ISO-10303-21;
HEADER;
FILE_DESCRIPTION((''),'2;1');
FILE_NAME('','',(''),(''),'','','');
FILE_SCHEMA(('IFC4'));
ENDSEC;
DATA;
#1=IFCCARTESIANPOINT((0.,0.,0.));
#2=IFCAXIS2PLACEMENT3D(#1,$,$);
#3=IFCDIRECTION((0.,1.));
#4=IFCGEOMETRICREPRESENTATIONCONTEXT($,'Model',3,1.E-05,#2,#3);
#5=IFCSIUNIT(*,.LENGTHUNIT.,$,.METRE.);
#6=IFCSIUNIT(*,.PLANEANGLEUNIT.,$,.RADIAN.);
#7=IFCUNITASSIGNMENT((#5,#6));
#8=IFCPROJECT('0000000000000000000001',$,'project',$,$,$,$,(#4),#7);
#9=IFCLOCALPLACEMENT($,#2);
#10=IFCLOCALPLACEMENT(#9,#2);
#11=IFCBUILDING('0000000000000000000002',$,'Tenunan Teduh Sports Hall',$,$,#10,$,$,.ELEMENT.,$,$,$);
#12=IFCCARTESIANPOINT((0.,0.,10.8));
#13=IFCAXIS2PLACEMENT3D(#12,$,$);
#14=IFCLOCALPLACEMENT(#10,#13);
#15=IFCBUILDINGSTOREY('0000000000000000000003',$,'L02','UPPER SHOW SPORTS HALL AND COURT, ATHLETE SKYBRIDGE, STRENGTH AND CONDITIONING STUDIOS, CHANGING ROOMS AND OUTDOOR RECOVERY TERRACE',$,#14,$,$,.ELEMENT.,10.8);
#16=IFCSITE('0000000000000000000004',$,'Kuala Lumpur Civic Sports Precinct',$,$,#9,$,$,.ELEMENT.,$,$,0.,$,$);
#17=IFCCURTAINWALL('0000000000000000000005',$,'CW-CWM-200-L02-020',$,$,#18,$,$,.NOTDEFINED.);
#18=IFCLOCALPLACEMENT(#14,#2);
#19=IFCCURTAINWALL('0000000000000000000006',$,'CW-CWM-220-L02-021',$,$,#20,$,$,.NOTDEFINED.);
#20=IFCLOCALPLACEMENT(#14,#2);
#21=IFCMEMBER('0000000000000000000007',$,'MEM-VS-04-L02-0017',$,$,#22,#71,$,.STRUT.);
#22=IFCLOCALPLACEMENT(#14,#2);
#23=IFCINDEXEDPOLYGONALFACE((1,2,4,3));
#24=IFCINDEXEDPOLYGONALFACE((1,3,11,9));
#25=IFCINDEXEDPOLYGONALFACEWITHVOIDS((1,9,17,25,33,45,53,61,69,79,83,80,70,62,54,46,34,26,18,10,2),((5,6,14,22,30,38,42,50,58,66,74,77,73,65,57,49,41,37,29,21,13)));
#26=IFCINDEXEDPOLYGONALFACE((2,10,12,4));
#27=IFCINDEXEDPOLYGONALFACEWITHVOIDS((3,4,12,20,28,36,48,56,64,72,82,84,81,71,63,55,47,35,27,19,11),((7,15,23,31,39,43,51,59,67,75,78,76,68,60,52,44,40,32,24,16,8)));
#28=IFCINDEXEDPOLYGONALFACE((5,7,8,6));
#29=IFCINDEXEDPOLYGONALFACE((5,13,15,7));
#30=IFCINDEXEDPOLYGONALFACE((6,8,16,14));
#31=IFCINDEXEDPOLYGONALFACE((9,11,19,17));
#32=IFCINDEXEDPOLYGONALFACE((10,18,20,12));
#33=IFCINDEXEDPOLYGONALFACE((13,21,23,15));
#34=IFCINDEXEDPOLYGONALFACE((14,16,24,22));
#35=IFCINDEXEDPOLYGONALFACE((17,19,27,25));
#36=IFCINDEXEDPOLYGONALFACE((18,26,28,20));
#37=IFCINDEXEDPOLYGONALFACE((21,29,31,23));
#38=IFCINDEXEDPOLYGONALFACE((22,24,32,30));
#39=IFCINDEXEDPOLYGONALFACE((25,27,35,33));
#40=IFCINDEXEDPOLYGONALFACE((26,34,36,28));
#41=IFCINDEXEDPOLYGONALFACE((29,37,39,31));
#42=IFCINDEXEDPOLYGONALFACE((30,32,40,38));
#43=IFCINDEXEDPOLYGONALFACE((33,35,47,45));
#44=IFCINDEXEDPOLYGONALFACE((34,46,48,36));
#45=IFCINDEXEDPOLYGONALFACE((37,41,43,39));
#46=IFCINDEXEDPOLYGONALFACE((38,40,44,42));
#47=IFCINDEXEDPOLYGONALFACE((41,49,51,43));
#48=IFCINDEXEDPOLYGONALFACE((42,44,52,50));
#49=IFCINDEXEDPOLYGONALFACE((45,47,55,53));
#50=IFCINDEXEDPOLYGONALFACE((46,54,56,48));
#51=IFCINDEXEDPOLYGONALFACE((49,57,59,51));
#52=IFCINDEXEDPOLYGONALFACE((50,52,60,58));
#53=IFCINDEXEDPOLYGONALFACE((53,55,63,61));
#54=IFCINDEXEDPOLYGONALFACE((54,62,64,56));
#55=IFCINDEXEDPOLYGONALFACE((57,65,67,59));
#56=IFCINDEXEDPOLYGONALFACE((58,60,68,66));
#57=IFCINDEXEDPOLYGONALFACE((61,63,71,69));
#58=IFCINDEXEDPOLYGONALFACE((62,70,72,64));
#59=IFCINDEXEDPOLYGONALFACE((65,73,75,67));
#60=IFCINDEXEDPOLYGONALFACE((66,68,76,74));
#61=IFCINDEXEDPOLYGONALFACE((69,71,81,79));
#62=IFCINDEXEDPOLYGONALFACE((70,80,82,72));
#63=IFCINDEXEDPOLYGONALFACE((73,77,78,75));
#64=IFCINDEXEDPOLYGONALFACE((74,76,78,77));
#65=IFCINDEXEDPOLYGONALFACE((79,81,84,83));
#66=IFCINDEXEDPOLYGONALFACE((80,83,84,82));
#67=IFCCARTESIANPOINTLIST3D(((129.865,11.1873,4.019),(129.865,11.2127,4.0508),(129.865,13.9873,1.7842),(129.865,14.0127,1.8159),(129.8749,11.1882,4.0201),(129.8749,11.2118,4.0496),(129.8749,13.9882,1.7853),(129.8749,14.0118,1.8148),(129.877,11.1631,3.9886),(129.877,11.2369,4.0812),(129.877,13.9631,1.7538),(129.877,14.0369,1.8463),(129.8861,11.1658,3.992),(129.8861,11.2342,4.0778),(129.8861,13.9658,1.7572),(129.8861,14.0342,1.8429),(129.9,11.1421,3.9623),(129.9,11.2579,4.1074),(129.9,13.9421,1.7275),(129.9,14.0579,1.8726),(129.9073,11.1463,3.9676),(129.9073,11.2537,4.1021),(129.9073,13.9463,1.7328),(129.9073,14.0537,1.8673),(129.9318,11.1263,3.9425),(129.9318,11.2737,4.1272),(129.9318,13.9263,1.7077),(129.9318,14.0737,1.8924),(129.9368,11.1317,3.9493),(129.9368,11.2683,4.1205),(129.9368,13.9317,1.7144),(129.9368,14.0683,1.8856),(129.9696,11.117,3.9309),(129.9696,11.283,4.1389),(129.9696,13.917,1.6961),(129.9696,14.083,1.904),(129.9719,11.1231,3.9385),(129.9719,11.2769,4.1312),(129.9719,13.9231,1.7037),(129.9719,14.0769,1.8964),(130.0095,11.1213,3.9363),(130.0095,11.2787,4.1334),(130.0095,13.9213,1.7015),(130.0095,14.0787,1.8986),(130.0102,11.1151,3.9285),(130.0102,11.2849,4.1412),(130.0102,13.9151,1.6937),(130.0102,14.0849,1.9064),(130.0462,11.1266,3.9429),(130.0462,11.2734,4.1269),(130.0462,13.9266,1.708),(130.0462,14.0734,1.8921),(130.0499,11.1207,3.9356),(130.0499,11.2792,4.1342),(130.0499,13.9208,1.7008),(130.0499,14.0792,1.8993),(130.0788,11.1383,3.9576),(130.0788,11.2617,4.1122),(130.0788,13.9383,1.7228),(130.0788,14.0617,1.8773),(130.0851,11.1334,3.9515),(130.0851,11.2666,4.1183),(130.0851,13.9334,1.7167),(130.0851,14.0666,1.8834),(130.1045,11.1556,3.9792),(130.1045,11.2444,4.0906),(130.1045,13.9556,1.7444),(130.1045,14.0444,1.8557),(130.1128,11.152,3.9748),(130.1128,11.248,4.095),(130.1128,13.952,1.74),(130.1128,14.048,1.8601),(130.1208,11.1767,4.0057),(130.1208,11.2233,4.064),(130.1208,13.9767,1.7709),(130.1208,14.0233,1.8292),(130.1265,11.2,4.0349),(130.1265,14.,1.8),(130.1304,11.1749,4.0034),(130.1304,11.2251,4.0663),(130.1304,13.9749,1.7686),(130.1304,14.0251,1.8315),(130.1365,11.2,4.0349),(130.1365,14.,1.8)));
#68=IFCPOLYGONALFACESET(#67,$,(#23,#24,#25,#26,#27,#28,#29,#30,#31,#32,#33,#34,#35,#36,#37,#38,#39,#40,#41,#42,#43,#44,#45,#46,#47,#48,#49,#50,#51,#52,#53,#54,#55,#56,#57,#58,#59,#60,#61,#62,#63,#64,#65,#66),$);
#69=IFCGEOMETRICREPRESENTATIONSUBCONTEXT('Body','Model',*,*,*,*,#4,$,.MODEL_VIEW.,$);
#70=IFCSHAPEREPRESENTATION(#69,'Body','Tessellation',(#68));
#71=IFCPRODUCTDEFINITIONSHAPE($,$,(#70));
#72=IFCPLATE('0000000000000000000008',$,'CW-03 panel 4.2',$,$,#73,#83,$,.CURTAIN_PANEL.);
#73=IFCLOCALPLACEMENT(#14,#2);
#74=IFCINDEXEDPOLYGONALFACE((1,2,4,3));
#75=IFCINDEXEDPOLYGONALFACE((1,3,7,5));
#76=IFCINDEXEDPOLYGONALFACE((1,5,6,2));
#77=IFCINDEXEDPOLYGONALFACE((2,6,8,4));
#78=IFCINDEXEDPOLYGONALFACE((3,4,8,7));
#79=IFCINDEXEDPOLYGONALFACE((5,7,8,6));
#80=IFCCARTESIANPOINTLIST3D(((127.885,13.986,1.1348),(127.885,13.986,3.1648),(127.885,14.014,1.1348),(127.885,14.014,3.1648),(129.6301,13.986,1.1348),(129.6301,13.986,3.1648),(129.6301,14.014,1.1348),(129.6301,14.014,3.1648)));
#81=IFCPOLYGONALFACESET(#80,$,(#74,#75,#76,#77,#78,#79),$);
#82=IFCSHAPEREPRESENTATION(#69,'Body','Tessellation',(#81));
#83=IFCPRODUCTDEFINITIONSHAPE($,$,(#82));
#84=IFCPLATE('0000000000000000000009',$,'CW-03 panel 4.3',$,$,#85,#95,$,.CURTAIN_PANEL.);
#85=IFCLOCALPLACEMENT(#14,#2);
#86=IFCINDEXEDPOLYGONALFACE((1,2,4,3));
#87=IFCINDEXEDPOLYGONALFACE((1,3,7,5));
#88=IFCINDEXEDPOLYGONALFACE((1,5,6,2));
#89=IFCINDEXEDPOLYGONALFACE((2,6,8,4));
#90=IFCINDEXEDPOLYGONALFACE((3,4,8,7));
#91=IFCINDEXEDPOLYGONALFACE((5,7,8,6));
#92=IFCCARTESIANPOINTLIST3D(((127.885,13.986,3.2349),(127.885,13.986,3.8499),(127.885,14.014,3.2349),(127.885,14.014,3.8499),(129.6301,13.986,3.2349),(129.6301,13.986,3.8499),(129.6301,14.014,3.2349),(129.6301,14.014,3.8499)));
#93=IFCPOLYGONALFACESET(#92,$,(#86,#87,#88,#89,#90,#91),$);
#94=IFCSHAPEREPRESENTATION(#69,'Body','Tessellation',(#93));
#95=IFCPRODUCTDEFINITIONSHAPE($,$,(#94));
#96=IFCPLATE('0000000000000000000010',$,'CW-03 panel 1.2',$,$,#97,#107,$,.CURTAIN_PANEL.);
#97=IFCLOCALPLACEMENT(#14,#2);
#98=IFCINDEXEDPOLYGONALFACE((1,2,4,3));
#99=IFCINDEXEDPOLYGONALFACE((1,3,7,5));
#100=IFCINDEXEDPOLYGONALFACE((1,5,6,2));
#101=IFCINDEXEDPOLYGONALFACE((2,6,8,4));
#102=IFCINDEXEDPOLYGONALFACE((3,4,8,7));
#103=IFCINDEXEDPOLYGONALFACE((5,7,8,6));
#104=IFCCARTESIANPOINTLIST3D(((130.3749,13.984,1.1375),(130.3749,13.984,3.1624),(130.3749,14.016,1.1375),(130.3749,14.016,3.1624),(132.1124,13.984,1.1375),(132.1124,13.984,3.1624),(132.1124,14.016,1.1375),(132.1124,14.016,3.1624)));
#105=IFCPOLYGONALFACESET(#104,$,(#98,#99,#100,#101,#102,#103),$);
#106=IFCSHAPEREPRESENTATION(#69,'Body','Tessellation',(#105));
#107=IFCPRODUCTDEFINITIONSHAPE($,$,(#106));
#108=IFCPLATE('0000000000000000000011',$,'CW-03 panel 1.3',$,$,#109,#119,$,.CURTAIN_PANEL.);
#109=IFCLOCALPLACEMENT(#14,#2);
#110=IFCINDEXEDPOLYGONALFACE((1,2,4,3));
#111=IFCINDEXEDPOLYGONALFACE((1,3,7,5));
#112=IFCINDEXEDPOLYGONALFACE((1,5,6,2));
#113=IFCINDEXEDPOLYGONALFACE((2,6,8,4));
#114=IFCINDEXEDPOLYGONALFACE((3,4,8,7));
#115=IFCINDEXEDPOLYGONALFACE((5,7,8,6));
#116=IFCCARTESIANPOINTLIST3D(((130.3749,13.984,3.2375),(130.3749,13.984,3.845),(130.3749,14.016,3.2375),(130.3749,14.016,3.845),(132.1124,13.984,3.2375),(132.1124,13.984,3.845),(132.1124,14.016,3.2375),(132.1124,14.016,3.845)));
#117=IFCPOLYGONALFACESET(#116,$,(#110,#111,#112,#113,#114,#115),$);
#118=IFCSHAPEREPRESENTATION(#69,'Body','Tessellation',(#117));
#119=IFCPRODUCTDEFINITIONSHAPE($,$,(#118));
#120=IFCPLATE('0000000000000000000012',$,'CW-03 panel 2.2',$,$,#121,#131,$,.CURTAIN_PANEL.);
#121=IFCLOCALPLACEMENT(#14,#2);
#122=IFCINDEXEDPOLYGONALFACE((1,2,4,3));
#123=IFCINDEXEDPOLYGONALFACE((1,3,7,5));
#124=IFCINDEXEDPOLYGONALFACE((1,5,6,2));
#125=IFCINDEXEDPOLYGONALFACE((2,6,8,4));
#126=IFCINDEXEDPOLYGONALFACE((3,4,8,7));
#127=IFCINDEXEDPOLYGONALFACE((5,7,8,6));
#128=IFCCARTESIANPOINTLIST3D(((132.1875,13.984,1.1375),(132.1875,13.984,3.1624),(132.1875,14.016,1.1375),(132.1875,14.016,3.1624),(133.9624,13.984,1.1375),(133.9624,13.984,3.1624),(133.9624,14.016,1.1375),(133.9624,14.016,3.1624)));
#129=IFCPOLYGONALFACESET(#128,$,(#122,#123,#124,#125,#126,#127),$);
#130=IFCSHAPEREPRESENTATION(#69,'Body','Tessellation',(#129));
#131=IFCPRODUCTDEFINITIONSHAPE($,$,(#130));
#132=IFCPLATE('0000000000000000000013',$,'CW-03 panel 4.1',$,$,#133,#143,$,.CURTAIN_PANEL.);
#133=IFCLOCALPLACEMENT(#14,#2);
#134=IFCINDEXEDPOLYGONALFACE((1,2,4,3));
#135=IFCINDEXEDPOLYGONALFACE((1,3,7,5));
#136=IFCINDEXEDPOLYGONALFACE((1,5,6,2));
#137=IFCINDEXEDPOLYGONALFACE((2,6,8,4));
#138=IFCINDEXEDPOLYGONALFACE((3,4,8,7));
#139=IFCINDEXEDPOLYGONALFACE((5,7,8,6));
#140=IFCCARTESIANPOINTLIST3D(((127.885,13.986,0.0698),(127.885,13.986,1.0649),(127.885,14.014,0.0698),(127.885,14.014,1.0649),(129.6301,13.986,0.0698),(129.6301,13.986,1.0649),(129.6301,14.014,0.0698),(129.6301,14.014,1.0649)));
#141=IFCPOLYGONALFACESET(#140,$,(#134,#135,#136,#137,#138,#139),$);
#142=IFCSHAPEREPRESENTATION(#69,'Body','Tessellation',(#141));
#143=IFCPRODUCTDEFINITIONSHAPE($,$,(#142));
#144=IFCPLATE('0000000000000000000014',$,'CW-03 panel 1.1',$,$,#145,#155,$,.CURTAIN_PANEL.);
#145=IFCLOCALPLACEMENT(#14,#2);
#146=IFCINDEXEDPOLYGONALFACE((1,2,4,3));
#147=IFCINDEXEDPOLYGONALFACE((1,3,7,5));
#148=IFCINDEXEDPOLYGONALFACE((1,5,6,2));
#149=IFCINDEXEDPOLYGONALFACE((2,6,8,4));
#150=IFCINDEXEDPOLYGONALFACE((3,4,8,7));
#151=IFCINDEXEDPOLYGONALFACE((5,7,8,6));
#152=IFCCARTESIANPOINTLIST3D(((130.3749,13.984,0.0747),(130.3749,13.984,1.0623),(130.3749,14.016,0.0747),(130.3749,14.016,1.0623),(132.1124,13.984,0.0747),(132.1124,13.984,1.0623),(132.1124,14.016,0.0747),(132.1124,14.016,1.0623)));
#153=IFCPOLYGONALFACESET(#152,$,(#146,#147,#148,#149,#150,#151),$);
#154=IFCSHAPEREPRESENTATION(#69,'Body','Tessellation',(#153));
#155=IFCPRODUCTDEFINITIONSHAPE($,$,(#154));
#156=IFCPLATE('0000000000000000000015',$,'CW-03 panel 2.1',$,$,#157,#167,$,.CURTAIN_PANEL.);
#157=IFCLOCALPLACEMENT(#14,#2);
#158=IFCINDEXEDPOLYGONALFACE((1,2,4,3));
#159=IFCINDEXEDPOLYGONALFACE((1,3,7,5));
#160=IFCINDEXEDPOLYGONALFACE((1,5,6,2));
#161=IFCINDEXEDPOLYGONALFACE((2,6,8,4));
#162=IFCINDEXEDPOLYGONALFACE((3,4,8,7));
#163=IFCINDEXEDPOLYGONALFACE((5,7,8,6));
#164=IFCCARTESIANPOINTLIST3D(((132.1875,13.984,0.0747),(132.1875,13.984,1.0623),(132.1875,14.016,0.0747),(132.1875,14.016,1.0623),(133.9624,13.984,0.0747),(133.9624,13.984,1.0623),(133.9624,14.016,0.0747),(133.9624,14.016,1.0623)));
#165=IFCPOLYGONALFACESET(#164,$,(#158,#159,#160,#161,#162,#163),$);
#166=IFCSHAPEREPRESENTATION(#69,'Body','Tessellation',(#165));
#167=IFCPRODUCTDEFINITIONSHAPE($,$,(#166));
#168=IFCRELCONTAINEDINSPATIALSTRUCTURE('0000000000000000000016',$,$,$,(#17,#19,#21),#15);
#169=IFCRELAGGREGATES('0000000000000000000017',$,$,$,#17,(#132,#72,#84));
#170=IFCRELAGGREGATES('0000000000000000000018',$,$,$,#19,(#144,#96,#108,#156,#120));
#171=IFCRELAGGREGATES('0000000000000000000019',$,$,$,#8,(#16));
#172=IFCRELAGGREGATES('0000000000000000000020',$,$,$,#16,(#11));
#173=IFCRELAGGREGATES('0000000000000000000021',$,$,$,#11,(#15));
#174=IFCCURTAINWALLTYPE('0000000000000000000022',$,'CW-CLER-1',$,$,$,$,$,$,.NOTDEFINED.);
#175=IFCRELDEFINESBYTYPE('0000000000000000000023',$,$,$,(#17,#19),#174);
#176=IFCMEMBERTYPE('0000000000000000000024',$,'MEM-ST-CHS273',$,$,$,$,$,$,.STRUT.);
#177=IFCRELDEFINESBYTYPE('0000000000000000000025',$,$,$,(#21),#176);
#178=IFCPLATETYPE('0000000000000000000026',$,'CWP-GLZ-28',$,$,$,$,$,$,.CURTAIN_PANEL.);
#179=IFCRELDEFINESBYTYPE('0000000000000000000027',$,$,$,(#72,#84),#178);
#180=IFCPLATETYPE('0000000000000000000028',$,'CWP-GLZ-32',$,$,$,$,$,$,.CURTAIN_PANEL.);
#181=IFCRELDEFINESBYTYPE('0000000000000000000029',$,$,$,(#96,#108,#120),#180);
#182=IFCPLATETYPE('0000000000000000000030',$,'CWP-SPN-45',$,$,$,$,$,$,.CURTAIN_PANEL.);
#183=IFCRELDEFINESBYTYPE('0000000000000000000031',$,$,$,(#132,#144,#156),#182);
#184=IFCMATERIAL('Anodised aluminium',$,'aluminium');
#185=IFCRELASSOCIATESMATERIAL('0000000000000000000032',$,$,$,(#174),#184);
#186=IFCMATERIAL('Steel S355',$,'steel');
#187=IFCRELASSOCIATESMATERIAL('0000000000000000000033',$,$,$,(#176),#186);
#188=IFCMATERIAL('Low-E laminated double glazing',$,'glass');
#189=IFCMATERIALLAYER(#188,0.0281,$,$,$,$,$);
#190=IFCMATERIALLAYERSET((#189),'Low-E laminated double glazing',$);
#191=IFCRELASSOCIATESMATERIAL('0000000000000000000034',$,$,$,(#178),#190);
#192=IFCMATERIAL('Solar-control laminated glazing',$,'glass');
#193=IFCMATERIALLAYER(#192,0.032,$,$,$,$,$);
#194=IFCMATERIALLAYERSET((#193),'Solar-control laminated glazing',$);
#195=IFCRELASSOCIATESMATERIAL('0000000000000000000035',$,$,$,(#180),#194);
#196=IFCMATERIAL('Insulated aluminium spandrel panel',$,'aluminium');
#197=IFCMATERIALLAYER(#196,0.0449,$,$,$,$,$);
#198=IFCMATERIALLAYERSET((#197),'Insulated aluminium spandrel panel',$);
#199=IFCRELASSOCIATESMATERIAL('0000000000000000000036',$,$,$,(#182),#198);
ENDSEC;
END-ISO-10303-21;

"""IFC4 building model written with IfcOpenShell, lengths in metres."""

from ifc_helpers import new_model, si_unit, direction, frame, origin, origin_2d, place, context, subcontext, project, spatial, rectangle, hollow_circle, extrude, material, layer, layer_set, material_profile, profile_set, type_object, element, aggregate, save


model = new_model("IFC4")

# Units and contexts
model_context = context("Model", 3, precision=1e-05, world=origin(), true_north=direction((0.0, 1.0)))
body_context = subcontext(model_context, "Body", "Model", "MODEL_VIEW")
ifc_project = project(units=[si_unit("LENGTHUNIT", "METRE"), si_unit("PLANEANGLEUNIT", "RADIAN")], contexts=[model_context])

# Site, building, storey
site_placement = place(None, origin())
site = spatial("IfcSite", under=ifc_project, at=site_placement, Name="Kuala Lumpur Civic Sports Precinct", CompositionType="ELEMENT", RefElevation=0.0)
building_placement = place(site_placement, origin())
building = spatial("IfcBuilding", under=site, at=building_placement, Name="Tenunan Teduh Sports Hall", CompositionType="ELEMENT")
storey_placement = place(building_placement, frame((0.0, 0.0, 10.8)))
storey = spatial("IfcBuildingStorey", under=building, at=storey_placement, Name="L02", Description="UPPER SHOW SPORTS HALL AND COURT, ATHLETE SKYBRIDGE, STRENGTH AND CONDITIONING STUDIOS, CHANGING ROOMS AND OUTDOOR RECOVERY TERRACE", CompositionType="ELEMENT", Elevation=10.8)

# Curtain wall
ifc_material_1 = material(Name="Anodised aluminium", Category="aluminium")
curtain_wall_type = type_object("IfcCurtainWallType", Name="CW-CLER-1", PredefinedType="NOTDEFINED", material=ifc_material_1)
curtain_wall_1_placement = place(storey_placement, origin())
curtain_wall_1 = element("IfcCurtainWall", 1, at=curtain_wall_1_placement, inside=storey, type_object=curtain_wall_type, Name="CW-CWM-200-L02-020", PredefinedType="NOTDEFINED")

# Curtain wall
curtain_wall_2_placement = place(storey_placement, origin())
curtain_wall_2 = element("IfcCurtainWall", 2, at=curtain_wall_2_placement, inside=storey, type_object=curtain_wall_type, Name="CW-CWM-220-L02-021", PredefinedType="NOTDEFINED")

# Member
ifc_material_2 = material(Name="Steel S355", Category="steel")
ifc_material_profile_1 = material_profile(ifc_material_2, hollow_circle(Radius=0.1365, WallThickness=0.01, at=origin_2d()), Name="CHS 273.0x10.0")
ifc_profile_set_1 = profile_set([ifc_material_profile_1], Name="Steel S355")
member_type_1 = type_object("IfcMemberType", Name="MEM-ST-CHS273", PredefinedType="STRUT", material=ifc_profile_set_1)
member_1_placement = place(storey_placement, frame((130.0, 14.0, 1.8), z_axis=(0.0, -0.781573, 0.623814), x_axis=(1.0, 0.0, 0.0)))
element("IfcMember", 3, at=member_1_placement, inside=storey, type_object=member_type_1, Name="MEM-VS-04-L02-0017", PredefinedType="STRUT", context=body_context, shape_type="SweptSolid", body=[
    extrude(hollow_circle(Radius=0.1365, WallThickness=0.01, at=origin_2d()), origin(), (0.0, 0.0, 1.0), 3.5825),
])

# Plates
ifc_material_3 = material(Name="Low-E laminated double glazing", Category="glass")
ifc_layer_1 = layer(ifc_material_3, 0.0281)
ifc_layer_set_1 = layer_set([ifc_layer_1], Name="Low-E laminated double glazing")
plate_type_1 = type_object("IfcPlateType", Name="CWP-GLZ-28", PredefinedType="CURTAIN_PANEL", material=ifc_layer_set_1)
plate_1_placement = place(storey_placement, frame((128.7576, 14.0, 1.1348), z_axis=(0.0, 0.0, 1.0), x_axis=(1.0, 0.0, 0.0)))
plate_1 = element("IfcPlate", 4, at=plate_1_placement, type_object=plate_type_1, Name="CW-03 panel 4.2", PredefinedType="CURTAIN_PANEL", context=body_context, shape_type="SweptSolid", body=[
    extrude(rectangle(XDim=1.7451, YDim=0.0281, at=origin_2d()), origin(), (0.0, 0.0, 1.0), 2.03),
])
plate_2_placement = place(storey_placement, frame((128.7576, 14.0, 3.2349), z_axis=(0.0, 0.0, 1.0), x_axis=(1.0, 0.0, 0.0)))
plate_2 = element("IfcPlate", 5, at=plate_2_placement, type_object=plate_type_1, Name="CW-03 panel 4.3", PredefinedType="CURTAIN_PANEL", context=body_context, shape_type="SweptSolid", body=[
    extrude(rectangle(XDim=1.7451, YDim=0.0281, at=origin_2d()), origin(), (0.0, 0.0, 1.0), 0.615),
])
ifc_material_4 = material(Name="Solar-control laminated glazing", Category="glass")
ifc_layer_2 = layer(ifc_material_4, 0.032)
ifc_layer_set_2 = layer_set([ifc_layer_2], Name="Solar-control laminated glazing")
plate_type_2 = type_object("IfcPlateType", Name="CWP-GLZ-32", PredefinedType="CURTAIN_PANEL", material=ifc_layer_set_2)
plate_3_placement = place(storey_placement, frame((131.2437, 14.0, 1.1375), z_axis=(0.0, 0.0, 1.0), x_axis=(1.0, 0.0, 0.0)))
plate_3 = element("IfcPlate", 6, at=plate_3_placement, type_object=plate_type_2, Name="CW-03 panel 1.2", PredefinedType="CURTAIN_PANEL", context=body_context, shape_type="SweptSolid", body=[
    extrude(rectangle(XDim=1.7375, YDim=0.032, at=origin_2d()), origin(), (0.0, 0.0, 1.0), 2.0249),
])
plate_4_placement = place(storey_placement, frame((131.2437, 14.0, 3.2375), z_axis=(0.0, 0.0, 1.0), x_axis=(1.0, 0.0, 0.0)))
plate_4 = element("IfcPlate", 7, at=plate_4_placement, type_object=plate_type_2, Name="CW-03 panel 1.3", PredefinedType="CURTAIN_PANEL", context=body_context, shape_type="SweptSolid", body=[
    extrude(rectangle(XDim=1.7375, YDim=0.032, at=origin_2d()), origin(), (0.0, 0.0, 1.0), 0.6074),
])
plate_5_placement = place(storey_placement, frame((133.075, 14.0, 1.1375), z_axis=(0.0, 0.0, 1.0), x_axis=(1.0, 0.0, 0.0)))
plate_5 = element("IfcPlate", 8, at=plate_5_placement, type_object=plate_type_2, Name="CW-03 panel 2.2", PredefinedType="CURTAIN_PANEL", context=body_context, shape_type="SweptSolid", body=[
    extrude(rectangle(XDim=1.7749, YDim=0.032, at=origin_2d()), origin(), (0.0, 0.0, 1.0), 2.0249),
])
ifc_material_5 = material(Name="Insulated aluminium spandrel panel", Category="aluminium")
ifc_layer_3 = layer(ifc_material_5, 0.0449)
ifc_layer_set_3 = layer_set([ifc_layer_3], Name="Insulated aluminium spandrel panel")
plate_type_3 = type_object("IfcPlateType", Name="CWP-SPN-45", PredefinedType="CURTAIN_PANEL", material=ifc_layer_set_3)
plate_6_placement = place(storey_placement, frame((128.7576, 14.0, 0.0698), z_axis=(0.0, 0.0, 1.0), x_axis=(1.0, 0.0, 0.0)))
plate_6 = element("IfcPlate", 9, at=plate_6_placement, type_object=plate_type_3, Name="CW-03 panel 4.1", PredefinedType="CURTAIN_PANEL", context=body_context, shape_type="SweptSolid", body=[
    extrude(rectangle(XDim=1.7451, YDim=0.0281, at=origin_2d()), origin(), (0.0, 0.0, 1.0), 0.9951),
])
aggregate(curtain_wall_1, [plate_6, plate_1, plate_2])
plate_7_placement = place(storey_placement, frame((131.2437, 14.0, 0.0747), z_axis=(0.0, 0.0, 1.0), x_axis=(1.0, 0.0, 0.0)))
plate_7 = element("IfcPlate", 10, at=plate_7_placement, type_object=plate_type_3, Name="CW-03 panel 1.1", PredefinedType="CURTAIN_PANEL", context=body_context, shape_type="SweptSolid", body=[
    extrude(rectangle(XDim=1.7375, YDim=0.032, at=origin_2d()), origin(), (0.0, 0.0, 1.0), 0.9875),
])
plate_8_placement = place(storey_placement, frame((133.075, 14.0, 0.0747), z_axis=(0.0, 0.0, 1.0), x_axis=(1.0, 0.0, 0.0)))
plate_8 = element("IfcPlate", 11, at=plate_8_placement, type_object=plate_type_3, Name="CW-03 panel 2.1", PredefinedType="CURTAIN_PANEL", context=body_context, shape_type="SweptSolid", body=[
    extrude(rectangle(XDim=1.7749, YDim=0.032, at=origin_2d()), origin(), (0.0, 0.0, 1.0), 0.9875),
])
aggregate(curtain_wall_2, [plate_7, plate_3, plate_4, plate_8, plate_5])

save(model, "model.ifc")
